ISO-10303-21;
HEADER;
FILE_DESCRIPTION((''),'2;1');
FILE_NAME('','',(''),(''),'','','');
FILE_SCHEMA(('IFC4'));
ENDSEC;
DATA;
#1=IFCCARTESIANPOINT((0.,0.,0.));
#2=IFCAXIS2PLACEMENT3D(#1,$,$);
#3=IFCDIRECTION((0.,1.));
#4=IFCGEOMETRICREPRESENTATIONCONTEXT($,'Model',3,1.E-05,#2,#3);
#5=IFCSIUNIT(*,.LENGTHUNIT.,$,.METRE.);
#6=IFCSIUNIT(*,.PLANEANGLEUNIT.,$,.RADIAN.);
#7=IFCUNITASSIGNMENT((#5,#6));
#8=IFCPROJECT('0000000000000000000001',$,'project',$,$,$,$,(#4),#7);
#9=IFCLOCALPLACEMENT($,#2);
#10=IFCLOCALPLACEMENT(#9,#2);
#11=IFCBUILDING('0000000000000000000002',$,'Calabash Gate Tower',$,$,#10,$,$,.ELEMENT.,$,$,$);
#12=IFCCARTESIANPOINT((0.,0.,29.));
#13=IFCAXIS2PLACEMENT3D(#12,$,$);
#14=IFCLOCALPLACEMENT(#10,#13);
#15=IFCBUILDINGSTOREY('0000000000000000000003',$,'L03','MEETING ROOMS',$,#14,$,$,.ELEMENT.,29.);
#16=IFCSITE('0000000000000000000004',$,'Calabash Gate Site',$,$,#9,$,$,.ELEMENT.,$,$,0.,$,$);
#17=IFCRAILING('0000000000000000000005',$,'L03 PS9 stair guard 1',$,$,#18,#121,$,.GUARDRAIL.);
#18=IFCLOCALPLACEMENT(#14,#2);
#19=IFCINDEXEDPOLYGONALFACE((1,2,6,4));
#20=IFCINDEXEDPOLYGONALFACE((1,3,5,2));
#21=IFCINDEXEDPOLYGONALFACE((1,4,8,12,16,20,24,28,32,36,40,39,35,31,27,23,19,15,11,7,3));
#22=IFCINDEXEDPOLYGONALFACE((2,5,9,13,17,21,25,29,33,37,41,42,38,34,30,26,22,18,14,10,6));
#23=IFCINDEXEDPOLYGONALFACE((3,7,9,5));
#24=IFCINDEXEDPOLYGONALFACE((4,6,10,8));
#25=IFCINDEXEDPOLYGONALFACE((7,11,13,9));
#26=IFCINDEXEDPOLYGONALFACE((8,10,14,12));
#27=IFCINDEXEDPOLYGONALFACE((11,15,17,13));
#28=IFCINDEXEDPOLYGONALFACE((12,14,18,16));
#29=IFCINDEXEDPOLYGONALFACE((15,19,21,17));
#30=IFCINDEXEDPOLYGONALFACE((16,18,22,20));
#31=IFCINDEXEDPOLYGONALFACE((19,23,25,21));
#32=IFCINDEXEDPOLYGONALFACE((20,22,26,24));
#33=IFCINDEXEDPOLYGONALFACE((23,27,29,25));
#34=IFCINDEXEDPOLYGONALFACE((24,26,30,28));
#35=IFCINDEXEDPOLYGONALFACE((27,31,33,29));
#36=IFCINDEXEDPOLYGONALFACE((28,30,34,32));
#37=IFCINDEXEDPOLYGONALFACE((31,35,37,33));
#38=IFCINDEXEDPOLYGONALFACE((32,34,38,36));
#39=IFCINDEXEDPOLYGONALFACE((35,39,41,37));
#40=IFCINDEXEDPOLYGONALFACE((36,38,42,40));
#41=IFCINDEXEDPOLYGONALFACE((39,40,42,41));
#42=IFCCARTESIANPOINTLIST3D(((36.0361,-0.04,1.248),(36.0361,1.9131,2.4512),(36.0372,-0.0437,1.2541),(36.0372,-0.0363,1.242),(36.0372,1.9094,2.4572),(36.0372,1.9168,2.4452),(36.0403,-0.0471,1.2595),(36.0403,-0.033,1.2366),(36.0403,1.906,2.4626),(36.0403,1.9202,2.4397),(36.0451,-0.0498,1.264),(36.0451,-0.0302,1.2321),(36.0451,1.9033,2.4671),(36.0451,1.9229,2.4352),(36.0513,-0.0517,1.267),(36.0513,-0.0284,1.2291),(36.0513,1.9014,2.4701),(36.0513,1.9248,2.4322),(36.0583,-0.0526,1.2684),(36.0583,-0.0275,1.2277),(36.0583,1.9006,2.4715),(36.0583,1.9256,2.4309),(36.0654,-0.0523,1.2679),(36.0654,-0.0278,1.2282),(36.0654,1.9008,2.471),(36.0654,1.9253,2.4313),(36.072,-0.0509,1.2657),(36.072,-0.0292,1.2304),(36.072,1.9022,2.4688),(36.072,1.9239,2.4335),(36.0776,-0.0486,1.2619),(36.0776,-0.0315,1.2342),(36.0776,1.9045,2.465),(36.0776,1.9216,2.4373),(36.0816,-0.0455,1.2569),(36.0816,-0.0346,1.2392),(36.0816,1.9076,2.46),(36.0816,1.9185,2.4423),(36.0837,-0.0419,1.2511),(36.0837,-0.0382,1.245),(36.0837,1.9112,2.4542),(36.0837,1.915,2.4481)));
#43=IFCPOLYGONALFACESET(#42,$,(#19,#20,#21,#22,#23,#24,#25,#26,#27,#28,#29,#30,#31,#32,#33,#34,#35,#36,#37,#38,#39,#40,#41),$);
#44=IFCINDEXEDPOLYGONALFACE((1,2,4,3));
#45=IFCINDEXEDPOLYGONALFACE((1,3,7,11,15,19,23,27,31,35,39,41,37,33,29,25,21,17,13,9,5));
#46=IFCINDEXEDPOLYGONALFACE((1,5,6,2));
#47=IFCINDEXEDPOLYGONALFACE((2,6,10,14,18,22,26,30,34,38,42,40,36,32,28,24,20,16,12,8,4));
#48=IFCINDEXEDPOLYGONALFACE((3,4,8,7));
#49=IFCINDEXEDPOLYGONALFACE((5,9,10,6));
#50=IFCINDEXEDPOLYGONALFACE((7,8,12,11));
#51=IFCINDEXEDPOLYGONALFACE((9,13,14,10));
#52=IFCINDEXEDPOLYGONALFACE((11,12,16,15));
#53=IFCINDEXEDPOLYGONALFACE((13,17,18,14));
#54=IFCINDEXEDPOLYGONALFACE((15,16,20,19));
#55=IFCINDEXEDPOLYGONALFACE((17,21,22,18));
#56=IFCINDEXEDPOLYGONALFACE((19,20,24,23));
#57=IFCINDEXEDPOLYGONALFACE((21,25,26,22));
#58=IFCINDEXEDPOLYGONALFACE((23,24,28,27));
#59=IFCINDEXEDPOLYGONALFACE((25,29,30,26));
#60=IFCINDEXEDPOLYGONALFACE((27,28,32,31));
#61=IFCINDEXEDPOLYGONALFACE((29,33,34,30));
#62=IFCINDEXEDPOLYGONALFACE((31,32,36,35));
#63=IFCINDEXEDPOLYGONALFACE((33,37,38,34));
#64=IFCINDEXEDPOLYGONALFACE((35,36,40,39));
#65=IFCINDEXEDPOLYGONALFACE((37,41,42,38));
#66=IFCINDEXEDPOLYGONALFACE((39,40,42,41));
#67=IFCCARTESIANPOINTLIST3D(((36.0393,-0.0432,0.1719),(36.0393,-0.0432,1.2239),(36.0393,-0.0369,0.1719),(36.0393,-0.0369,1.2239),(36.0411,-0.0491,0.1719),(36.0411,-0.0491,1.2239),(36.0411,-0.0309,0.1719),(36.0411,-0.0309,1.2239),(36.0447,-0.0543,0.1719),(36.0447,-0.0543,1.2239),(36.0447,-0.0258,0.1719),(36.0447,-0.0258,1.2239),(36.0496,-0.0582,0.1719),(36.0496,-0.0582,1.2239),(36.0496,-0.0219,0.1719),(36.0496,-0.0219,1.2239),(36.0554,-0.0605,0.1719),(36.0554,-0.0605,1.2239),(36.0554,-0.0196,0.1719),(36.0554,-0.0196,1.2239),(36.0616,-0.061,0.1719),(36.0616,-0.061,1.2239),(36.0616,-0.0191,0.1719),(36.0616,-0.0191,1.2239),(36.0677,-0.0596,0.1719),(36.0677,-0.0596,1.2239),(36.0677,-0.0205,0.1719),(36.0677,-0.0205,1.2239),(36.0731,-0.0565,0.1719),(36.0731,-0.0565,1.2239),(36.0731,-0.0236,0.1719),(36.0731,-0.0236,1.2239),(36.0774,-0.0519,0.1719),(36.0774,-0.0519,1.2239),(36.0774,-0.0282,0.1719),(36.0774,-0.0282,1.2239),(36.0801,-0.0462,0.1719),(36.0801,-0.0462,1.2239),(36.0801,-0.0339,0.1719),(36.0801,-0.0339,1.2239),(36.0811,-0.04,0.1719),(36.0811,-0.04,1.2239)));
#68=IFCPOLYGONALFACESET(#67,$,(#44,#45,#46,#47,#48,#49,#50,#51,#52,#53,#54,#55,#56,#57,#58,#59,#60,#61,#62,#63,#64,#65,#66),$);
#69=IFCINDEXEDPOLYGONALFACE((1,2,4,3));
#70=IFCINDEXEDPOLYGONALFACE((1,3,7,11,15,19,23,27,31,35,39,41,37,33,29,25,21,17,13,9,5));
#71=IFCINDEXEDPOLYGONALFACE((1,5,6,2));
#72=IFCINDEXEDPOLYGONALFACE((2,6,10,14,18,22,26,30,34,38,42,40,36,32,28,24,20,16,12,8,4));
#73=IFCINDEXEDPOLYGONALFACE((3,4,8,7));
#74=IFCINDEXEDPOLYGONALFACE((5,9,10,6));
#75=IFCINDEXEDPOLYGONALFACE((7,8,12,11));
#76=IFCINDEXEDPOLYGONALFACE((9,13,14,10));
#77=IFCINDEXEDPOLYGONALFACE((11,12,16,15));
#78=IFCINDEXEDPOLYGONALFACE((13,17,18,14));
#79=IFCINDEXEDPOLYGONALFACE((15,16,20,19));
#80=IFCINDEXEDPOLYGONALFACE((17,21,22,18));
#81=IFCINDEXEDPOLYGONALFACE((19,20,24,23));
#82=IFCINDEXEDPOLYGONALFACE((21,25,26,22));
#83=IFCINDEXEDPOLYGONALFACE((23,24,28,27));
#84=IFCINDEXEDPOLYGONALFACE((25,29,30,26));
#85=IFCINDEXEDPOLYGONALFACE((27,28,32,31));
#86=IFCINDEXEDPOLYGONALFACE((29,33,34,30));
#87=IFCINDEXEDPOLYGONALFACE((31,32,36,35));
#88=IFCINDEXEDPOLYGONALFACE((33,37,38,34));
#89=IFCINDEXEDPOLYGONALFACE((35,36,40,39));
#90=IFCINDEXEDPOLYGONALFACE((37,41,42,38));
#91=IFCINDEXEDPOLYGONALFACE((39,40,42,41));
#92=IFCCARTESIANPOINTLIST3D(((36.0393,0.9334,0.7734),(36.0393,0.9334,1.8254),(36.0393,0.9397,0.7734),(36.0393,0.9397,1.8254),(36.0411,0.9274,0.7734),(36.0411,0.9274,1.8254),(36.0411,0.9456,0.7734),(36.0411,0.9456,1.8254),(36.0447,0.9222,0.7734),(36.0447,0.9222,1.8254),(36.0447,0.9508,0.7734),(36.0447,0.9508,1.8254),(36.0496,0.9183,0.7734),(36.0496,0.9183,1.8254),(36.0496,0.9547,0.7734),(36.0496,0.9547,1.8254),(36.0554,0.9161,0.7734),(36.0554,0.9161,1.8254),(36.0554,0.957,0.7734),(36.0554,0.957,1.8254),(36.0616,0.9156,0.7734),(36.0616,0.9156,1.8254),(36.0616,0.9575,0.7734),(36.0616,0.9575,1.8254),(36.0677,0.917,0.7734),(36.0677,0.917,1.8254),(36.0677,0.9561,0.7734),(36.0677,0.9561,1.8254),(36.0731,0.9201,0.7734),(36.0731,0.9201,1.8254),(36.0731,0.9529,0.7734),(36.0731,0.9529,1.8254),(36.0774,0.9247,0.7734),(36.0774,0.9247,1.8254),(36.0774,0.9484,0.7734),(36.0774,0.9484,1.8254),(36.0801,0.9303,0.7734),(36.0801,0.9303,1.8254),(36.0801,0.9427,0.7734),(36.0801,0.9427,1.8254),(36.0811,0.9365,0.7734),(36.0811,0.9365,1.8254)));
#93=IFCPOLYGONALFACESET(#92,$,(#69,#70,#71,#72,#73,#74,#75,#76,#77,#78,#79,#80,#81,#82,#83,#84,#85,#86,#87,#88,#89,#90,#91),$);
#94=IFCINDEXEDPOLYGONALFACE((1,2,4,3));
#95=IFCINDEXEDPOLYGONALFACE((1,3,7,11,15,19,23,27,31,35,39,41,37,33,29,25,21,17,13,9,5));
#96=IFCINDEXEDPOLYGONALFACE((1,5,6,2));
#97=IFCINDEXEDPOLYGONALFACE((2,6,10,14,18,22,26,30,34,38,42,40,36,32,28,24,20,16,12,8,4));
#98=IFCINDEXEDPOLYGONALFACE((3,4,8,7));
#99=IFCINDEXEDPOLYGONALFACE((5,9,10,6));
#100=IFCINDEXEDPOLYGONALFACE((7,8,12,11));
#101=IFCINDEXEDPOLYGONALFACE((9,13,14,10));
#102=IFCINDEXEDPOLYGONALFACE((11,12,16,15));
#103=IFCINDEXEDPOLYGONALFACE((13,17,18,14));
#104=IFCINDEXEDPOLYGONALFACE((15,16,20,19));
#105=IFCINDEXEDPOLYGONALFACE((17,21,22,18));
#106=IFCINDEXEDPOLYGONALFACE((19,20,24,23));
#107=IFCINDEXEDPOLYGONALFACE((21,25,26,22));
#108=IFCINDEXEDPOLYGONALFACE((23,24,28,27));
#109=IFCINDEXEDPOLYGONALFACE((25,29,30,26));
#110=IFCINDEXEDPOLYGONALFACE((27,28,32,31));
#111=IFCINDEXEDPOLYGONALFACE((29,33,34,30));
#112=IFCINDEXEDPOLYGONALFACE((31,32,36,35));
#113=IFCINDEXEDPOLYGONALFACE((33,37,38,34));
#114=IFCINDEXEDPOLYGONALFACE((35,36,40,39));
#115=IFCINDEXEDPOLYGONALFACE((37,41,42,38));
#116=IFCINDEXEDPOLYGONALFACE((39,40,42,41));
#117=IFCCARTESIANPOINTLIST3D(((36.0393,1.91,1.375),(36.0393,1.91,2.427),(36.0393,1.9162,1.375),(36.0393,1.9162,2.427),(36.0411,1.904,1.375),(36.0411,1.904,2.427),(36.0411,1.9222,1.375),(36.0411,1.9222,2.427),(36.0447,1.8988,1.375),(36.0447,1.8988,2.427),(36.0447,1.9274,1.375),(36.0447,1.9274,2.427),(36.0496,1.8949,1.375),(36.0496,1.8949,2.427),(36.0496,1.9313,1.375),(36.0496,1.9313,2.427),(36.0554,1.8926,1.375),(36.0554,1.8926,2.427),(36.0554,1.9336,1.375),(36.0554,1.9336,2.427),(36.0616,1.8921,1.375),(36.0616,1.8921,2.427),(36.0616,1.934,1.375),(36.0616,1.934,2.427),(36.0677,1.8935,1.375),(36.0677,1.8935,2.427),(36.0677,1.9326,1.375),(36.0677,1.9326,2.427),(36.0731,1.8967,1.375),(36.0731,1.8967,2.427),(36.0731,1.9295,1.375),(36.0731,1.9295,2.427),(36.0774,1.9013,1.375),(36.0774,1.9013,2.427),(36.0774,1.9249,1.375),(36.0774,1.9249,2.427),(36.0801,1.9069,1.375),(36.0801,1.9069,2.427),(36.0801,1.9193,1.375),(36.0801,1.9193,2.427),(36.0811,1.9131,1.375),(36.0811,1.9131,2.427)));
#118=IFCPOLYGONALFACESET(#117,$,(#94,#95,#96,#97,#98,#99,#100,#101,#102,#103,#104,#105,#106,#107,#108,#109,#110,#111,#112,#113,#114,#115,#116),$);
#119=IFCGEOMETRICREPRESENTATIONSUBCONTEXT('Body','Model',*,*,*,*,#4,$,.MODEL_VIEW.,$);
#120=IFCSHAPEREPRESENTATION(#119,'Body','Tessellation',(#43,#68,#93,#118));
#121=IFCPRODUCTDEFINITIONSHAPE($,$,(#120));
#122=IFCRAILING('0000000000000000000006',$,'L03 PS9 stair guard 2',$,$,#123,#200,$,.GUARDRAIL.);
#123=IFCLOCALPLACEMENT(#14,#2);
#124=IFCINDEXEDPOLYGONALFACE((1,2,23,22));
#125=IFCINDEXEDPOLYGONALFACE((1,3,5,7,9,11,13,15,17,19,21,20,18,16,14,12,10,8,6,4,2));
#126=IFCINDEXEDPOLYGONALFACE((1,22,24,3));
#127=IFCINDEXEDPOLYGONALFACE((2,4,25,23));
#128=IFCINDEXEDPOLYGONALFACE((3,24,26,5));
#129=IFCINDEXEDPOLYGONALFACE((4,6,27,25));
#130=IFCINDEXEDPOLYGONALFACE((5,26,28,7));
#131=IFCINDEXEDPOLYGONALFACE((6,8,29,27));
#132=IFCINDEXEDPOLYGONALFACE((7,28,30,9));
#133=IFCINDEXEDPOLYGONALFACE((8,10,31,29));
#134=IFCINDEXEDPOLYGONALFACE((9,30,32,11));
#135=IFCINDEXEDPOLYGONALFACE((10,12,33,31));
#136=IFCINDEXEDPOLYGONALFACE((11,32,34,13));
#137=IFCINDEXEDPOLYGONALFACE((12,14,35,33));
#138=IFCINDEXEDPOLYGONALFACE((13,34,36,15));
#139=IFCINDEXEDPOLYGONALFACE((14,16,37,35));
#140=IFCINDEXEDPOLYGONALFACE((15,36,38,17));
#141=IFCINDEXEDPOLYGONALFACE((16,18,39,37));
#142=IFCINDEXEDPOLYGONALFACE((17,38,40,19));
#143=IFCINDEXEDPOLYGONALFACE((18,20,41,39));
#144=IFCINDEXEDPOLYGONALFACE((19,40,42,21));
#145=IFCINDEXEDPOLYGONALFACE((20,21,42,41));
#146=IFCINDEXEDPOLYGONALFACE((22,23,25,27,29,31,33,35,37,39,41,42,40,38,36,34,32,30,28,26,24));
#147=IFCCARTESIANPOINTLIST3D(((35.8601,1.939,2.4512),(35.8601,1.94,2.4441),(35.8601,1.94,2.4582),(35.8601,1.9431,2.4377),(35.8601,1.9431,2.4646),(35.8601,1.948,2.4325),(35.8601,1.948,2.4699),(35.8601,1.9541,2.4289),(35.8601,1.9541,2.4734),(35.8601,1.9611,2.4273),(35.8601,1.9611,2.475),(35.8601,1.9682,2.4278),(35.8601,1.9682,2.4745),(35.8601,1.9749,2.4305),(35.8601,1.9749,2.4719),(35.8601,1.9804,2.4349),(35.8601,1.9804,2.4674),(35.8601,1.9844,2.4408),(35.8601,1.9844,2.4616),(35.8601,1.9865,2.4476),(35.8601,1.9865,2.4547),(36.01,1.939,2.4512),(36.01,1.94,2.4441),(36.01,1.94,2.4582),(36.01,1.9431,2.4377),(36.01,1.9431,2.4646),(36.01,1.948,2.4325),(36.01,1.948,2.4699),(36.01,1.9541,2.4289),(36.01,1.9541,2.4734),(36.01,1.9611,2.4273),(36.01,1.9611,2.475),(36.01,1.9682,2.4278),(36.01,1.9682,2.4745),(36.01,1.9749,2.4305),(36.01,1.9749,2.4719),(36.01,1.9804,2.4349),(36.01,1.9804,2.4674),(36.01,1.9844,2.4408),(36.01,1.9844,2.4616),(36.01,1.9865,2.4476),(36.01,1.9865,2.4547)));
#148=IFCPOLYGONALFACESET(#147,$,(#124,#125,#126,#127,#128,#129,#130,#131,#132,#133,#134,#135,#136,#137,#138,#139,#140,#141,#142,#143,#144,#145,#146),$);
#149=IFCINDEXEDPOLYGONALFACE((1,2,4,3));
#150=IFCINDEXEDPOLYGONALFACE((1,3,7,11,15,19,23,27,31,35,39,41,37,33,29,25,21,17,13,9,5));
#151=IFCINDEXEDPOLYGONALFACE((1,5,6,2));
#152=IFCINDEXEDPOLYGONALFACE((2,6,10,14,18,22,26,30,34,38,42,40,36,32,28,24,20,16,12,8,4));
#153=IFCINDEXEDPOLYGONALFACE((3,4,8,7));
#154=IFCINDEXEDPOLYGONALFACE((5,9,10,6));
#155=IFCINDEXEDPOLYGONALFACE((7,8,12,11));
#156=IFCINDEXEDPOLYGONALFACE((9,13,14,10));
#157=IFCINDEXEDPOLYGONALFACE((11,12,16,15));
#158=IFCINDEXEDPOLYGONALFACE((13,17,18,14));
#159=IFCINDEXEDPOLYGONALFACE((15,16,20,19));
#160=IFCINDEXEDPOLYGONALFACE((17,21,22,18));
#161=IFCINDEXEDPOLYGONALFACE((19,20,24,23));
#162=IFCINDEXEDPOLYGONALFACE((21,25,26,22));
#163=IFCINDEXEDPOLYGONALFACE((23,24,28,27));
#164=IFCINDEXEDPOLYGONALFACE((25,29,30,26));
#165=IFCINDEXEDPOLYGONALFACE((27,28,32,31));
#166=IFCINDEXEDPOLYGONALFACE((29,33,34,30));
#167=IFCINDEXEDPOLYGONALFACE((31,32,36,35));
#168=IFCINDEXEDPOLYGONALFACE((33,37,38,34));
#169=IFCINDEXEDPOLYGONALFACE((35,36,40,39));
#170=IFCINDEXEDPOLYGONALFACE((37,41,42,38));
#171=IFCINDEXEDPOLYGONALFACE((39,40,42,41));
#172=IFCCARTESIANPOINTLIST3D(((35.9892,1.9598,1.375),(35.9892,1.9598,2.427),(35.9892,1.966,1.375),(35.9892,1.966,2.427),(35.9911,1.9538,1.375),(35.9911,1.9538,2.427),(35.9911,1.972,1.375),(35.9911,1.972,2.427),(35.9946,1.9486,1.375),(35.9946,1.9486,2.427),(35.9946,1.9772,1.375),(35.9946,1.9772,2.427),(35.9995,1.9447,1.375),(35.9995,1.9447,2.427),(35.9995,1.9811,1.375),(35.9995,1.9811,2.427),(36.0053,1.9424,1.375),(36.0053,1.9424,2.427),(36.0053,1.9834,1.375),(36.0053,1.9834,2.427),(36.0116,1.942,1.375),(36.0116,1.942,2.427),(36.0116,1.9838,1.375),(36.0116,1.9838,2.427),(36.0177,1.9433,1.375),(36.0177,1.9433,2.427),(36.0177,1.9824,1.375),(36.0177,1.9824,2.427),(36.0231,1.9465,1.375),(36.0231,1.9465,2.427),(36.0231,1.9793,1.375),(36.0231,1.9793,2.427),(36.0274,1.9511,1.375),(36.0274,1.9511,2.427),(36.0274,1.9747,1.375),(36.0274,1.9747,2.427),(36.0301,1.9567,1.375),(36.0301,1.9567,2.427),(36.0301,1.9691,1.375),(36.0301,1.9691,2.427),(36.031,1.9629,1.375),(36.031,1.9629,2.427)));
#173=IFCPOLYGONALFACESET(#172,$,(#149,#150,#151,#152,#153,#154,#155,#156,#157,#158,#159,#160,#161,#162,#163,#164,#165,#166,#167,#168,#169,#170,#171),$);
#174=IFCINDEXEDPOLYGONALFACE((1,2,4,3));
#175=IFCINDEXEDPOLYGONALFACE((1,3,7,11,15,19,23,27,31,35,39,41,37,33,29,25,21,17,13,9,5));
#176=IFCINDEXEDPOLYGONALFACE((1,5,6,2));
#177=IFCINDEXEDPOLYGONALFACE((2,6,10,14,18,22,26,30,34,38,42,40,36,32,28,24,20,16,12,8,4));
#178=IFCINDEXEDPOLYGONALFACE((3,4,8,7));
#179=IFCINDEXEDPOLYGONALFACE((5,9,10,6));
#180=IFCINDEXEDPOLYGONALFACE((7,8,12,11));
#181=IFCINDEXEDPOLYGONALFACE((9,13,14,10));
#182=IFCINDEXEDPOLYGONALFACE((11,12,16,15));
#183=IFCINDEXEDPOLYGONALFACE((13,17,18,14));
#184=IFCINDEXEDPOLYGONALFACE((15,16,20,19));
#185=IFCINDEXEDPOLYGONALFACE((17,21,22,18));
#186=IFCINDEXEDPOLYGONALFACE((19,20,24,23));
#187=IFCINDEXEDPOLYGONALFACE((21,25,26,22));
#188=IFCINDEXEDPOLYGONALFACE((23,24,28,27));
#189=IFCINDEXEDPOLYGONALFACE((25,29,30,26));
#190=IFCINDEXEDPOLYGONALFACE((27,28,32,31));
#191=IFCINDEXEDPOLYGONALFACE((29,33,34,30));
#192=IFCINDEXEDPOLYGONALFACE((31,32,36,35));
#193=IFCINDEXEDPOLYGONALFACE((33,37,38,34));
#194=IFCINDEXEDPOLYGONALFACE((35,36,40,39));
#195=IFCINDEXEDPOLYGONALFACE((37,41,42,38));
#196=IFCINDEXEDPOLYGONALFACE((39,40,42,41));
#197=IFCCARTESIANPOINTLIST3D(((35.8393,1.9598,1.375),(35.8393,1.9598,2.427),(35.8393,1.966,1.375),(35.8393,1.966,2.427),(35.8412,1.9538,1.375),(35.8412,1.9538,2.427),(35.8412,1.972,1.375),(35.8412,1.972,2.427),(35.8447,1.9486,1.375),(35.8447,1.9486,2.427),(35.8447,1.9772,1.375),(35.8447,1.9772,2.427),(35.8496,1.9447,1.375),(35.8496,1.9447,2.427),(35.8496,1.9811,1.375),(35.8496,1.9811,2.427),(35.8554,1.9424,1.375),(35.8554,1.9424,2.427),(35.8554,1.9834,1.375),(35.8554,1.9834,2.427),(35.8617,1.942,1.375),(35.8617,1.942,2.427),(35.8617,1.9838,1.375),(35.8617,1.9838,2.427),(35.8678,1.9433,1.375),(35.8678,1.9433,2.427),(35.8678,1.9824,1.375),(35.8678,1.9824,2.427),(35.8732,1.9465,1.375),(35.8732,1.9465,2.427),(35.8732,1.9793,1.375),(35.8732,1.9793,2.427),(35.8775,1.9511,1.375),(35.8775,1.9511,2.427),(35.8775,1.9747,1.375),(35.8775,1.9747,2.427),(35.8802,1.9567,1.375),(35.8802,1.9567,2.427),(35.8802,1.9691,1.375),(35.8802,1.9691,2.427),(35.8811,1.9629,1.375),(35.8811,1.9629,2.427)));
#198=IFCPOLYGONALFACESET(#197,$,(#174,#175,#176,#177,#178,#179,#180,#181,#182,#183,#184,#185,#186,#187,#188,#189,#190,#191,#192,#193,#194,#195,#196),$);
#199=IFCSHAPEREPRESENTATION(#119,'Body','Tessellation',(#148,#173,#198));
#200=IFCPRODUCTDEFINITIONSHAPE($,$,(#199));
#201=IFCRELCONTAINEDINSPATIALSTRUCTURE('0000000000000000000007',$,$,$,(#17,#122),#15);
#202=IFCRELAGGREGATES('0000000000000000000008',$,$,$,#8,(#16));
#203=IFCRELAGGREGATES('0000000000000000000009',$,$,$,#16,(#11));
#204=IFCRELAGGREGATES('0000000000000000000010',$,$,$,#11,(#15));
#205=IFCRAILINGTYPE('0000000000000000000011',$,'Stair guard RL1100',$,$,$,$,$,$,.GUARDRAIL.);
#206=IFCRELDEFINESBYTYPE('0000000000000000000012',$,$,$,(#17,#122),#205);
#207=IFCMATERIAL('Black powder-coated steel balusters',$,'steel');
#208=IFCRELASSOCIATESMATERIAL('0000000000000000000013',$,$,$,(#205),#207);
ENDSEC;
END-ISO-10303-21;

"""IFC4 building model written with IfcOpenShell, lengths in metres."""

from ifc_helpers import new_model, si_unit, direction, frame, origin, origin_2d, place, context, subcontext, project, spatial, circle, extrude, material, type_object, element, save


model = new_model("IFC4")

# Units and contexts
model_context = context("Model", 3, precision=1e-05, world=origin(), true_north=direction((0.0, 1.0)))
body_context = subcontext(model_context, "Body", "Model", "MODEL_VIEW")
ifc_project = project(units=[si_unit("LENGTHUNIT", "METRE"), si_unit("PLANEANGLEUNIT", "RADIAN")], contexts=[model_context])

# Site, building, storey
site_placement = place(None, origin())
site = spatial("IfcSite", under=ifc_project, at=site_placement, Name="Calabash Gate Site", CompositionType="ELEMENT", RefElevation=0.0)
building_placement = place(site_placement, origin())
building = spatial("IfcBuilding", under=site, at=building_placement, Name="Calabash Gate Tower", CompositionType="ELEMENT")
storey_placement = place(building_placement, frame((0.0, 0.0, 29.0)))
storey = spatial("IfcBuildingStorey", under=building, at=storey_placement, Name="L03", Description="MEETING ROOMS", CompositionType="ELEMENT", Elevation=29.0)

# Railings
ifc_material_1 = material(Name="Black powder-coated steel balusters", Category="steel")
railing_type_1 = type_object("IfcRailingType", Name="Stair guard RL1100", PredefinedType="GUARDRAIL", material=ifc_material_1)
railing_1_placement = place(storey_placement, frame((36.0601, -0.04, 0.1719)))
element("IfcRailing", 1, at=railing_1_placement, inside=storey, type_object=railing_type_1, Name="L03 PS9 stair guard 1", PredefinedType="GUARDRAIL", context=body_context, shape_type="SweptSolid", body=[
    extrude(circle(Radius=0.0239, at=origin_2d()), frame((0.0, 0.0, 1.0762), z_axis=(0.0, 0.851424, 0.524477), x_axis=(-1.0, 0.0, 0.0)), (0.0, 0.0, 1.0), 2.2939),
    extrude(circle(Radius=0.021, at=origin_2d()), origin(), (0.0, 0.0, 1.0), 1.052),
    extrude(circle(Radius=0.021, at=origin_2d()), frame((0.0, 0.9766, 0.6016)), (0.0, 0.0, 1.0), 1.052),
    extrude(circle(Radius=0.021, at=origin_2d()), frame((0.0, 1.9531, 1.2031)), (0.0, 0.0, 1.0), 1.052),
])
railing_2_placement = place(storey_placement, frame((36.01, 1.9629, 1.375)))
element("IfcRailing", 2, at=railing_2_placement, inside=storey, type_object=railing_type_1, Name="L03 PS9 stair guard 2", PredefinedType="GUARDRAIL", context=body_context, shape_type="SweptSolid", body=[
    extrude(circle(Radius=0.0239, at=origin_2d()), frame((0.0, 0.0, 1.0762), z_axis=(-1.0, 0.0, 0.0), x_axis=(0.0, -1.0, 0.0)), (0.0, 0.0, 1.0), 0.1499),
    extrude(circle(Radius=0.021, at=origin_2d()), origin(), (0.0, 0.0, 1.0), 1.052),
    extrude(circle(Radius=0.021, at=origin_2d()), frame((-0.1499, 0.0, 0.0)), (0.0, 0.0, 1.0), 1.052),
])

save(model, "model.ifc")
